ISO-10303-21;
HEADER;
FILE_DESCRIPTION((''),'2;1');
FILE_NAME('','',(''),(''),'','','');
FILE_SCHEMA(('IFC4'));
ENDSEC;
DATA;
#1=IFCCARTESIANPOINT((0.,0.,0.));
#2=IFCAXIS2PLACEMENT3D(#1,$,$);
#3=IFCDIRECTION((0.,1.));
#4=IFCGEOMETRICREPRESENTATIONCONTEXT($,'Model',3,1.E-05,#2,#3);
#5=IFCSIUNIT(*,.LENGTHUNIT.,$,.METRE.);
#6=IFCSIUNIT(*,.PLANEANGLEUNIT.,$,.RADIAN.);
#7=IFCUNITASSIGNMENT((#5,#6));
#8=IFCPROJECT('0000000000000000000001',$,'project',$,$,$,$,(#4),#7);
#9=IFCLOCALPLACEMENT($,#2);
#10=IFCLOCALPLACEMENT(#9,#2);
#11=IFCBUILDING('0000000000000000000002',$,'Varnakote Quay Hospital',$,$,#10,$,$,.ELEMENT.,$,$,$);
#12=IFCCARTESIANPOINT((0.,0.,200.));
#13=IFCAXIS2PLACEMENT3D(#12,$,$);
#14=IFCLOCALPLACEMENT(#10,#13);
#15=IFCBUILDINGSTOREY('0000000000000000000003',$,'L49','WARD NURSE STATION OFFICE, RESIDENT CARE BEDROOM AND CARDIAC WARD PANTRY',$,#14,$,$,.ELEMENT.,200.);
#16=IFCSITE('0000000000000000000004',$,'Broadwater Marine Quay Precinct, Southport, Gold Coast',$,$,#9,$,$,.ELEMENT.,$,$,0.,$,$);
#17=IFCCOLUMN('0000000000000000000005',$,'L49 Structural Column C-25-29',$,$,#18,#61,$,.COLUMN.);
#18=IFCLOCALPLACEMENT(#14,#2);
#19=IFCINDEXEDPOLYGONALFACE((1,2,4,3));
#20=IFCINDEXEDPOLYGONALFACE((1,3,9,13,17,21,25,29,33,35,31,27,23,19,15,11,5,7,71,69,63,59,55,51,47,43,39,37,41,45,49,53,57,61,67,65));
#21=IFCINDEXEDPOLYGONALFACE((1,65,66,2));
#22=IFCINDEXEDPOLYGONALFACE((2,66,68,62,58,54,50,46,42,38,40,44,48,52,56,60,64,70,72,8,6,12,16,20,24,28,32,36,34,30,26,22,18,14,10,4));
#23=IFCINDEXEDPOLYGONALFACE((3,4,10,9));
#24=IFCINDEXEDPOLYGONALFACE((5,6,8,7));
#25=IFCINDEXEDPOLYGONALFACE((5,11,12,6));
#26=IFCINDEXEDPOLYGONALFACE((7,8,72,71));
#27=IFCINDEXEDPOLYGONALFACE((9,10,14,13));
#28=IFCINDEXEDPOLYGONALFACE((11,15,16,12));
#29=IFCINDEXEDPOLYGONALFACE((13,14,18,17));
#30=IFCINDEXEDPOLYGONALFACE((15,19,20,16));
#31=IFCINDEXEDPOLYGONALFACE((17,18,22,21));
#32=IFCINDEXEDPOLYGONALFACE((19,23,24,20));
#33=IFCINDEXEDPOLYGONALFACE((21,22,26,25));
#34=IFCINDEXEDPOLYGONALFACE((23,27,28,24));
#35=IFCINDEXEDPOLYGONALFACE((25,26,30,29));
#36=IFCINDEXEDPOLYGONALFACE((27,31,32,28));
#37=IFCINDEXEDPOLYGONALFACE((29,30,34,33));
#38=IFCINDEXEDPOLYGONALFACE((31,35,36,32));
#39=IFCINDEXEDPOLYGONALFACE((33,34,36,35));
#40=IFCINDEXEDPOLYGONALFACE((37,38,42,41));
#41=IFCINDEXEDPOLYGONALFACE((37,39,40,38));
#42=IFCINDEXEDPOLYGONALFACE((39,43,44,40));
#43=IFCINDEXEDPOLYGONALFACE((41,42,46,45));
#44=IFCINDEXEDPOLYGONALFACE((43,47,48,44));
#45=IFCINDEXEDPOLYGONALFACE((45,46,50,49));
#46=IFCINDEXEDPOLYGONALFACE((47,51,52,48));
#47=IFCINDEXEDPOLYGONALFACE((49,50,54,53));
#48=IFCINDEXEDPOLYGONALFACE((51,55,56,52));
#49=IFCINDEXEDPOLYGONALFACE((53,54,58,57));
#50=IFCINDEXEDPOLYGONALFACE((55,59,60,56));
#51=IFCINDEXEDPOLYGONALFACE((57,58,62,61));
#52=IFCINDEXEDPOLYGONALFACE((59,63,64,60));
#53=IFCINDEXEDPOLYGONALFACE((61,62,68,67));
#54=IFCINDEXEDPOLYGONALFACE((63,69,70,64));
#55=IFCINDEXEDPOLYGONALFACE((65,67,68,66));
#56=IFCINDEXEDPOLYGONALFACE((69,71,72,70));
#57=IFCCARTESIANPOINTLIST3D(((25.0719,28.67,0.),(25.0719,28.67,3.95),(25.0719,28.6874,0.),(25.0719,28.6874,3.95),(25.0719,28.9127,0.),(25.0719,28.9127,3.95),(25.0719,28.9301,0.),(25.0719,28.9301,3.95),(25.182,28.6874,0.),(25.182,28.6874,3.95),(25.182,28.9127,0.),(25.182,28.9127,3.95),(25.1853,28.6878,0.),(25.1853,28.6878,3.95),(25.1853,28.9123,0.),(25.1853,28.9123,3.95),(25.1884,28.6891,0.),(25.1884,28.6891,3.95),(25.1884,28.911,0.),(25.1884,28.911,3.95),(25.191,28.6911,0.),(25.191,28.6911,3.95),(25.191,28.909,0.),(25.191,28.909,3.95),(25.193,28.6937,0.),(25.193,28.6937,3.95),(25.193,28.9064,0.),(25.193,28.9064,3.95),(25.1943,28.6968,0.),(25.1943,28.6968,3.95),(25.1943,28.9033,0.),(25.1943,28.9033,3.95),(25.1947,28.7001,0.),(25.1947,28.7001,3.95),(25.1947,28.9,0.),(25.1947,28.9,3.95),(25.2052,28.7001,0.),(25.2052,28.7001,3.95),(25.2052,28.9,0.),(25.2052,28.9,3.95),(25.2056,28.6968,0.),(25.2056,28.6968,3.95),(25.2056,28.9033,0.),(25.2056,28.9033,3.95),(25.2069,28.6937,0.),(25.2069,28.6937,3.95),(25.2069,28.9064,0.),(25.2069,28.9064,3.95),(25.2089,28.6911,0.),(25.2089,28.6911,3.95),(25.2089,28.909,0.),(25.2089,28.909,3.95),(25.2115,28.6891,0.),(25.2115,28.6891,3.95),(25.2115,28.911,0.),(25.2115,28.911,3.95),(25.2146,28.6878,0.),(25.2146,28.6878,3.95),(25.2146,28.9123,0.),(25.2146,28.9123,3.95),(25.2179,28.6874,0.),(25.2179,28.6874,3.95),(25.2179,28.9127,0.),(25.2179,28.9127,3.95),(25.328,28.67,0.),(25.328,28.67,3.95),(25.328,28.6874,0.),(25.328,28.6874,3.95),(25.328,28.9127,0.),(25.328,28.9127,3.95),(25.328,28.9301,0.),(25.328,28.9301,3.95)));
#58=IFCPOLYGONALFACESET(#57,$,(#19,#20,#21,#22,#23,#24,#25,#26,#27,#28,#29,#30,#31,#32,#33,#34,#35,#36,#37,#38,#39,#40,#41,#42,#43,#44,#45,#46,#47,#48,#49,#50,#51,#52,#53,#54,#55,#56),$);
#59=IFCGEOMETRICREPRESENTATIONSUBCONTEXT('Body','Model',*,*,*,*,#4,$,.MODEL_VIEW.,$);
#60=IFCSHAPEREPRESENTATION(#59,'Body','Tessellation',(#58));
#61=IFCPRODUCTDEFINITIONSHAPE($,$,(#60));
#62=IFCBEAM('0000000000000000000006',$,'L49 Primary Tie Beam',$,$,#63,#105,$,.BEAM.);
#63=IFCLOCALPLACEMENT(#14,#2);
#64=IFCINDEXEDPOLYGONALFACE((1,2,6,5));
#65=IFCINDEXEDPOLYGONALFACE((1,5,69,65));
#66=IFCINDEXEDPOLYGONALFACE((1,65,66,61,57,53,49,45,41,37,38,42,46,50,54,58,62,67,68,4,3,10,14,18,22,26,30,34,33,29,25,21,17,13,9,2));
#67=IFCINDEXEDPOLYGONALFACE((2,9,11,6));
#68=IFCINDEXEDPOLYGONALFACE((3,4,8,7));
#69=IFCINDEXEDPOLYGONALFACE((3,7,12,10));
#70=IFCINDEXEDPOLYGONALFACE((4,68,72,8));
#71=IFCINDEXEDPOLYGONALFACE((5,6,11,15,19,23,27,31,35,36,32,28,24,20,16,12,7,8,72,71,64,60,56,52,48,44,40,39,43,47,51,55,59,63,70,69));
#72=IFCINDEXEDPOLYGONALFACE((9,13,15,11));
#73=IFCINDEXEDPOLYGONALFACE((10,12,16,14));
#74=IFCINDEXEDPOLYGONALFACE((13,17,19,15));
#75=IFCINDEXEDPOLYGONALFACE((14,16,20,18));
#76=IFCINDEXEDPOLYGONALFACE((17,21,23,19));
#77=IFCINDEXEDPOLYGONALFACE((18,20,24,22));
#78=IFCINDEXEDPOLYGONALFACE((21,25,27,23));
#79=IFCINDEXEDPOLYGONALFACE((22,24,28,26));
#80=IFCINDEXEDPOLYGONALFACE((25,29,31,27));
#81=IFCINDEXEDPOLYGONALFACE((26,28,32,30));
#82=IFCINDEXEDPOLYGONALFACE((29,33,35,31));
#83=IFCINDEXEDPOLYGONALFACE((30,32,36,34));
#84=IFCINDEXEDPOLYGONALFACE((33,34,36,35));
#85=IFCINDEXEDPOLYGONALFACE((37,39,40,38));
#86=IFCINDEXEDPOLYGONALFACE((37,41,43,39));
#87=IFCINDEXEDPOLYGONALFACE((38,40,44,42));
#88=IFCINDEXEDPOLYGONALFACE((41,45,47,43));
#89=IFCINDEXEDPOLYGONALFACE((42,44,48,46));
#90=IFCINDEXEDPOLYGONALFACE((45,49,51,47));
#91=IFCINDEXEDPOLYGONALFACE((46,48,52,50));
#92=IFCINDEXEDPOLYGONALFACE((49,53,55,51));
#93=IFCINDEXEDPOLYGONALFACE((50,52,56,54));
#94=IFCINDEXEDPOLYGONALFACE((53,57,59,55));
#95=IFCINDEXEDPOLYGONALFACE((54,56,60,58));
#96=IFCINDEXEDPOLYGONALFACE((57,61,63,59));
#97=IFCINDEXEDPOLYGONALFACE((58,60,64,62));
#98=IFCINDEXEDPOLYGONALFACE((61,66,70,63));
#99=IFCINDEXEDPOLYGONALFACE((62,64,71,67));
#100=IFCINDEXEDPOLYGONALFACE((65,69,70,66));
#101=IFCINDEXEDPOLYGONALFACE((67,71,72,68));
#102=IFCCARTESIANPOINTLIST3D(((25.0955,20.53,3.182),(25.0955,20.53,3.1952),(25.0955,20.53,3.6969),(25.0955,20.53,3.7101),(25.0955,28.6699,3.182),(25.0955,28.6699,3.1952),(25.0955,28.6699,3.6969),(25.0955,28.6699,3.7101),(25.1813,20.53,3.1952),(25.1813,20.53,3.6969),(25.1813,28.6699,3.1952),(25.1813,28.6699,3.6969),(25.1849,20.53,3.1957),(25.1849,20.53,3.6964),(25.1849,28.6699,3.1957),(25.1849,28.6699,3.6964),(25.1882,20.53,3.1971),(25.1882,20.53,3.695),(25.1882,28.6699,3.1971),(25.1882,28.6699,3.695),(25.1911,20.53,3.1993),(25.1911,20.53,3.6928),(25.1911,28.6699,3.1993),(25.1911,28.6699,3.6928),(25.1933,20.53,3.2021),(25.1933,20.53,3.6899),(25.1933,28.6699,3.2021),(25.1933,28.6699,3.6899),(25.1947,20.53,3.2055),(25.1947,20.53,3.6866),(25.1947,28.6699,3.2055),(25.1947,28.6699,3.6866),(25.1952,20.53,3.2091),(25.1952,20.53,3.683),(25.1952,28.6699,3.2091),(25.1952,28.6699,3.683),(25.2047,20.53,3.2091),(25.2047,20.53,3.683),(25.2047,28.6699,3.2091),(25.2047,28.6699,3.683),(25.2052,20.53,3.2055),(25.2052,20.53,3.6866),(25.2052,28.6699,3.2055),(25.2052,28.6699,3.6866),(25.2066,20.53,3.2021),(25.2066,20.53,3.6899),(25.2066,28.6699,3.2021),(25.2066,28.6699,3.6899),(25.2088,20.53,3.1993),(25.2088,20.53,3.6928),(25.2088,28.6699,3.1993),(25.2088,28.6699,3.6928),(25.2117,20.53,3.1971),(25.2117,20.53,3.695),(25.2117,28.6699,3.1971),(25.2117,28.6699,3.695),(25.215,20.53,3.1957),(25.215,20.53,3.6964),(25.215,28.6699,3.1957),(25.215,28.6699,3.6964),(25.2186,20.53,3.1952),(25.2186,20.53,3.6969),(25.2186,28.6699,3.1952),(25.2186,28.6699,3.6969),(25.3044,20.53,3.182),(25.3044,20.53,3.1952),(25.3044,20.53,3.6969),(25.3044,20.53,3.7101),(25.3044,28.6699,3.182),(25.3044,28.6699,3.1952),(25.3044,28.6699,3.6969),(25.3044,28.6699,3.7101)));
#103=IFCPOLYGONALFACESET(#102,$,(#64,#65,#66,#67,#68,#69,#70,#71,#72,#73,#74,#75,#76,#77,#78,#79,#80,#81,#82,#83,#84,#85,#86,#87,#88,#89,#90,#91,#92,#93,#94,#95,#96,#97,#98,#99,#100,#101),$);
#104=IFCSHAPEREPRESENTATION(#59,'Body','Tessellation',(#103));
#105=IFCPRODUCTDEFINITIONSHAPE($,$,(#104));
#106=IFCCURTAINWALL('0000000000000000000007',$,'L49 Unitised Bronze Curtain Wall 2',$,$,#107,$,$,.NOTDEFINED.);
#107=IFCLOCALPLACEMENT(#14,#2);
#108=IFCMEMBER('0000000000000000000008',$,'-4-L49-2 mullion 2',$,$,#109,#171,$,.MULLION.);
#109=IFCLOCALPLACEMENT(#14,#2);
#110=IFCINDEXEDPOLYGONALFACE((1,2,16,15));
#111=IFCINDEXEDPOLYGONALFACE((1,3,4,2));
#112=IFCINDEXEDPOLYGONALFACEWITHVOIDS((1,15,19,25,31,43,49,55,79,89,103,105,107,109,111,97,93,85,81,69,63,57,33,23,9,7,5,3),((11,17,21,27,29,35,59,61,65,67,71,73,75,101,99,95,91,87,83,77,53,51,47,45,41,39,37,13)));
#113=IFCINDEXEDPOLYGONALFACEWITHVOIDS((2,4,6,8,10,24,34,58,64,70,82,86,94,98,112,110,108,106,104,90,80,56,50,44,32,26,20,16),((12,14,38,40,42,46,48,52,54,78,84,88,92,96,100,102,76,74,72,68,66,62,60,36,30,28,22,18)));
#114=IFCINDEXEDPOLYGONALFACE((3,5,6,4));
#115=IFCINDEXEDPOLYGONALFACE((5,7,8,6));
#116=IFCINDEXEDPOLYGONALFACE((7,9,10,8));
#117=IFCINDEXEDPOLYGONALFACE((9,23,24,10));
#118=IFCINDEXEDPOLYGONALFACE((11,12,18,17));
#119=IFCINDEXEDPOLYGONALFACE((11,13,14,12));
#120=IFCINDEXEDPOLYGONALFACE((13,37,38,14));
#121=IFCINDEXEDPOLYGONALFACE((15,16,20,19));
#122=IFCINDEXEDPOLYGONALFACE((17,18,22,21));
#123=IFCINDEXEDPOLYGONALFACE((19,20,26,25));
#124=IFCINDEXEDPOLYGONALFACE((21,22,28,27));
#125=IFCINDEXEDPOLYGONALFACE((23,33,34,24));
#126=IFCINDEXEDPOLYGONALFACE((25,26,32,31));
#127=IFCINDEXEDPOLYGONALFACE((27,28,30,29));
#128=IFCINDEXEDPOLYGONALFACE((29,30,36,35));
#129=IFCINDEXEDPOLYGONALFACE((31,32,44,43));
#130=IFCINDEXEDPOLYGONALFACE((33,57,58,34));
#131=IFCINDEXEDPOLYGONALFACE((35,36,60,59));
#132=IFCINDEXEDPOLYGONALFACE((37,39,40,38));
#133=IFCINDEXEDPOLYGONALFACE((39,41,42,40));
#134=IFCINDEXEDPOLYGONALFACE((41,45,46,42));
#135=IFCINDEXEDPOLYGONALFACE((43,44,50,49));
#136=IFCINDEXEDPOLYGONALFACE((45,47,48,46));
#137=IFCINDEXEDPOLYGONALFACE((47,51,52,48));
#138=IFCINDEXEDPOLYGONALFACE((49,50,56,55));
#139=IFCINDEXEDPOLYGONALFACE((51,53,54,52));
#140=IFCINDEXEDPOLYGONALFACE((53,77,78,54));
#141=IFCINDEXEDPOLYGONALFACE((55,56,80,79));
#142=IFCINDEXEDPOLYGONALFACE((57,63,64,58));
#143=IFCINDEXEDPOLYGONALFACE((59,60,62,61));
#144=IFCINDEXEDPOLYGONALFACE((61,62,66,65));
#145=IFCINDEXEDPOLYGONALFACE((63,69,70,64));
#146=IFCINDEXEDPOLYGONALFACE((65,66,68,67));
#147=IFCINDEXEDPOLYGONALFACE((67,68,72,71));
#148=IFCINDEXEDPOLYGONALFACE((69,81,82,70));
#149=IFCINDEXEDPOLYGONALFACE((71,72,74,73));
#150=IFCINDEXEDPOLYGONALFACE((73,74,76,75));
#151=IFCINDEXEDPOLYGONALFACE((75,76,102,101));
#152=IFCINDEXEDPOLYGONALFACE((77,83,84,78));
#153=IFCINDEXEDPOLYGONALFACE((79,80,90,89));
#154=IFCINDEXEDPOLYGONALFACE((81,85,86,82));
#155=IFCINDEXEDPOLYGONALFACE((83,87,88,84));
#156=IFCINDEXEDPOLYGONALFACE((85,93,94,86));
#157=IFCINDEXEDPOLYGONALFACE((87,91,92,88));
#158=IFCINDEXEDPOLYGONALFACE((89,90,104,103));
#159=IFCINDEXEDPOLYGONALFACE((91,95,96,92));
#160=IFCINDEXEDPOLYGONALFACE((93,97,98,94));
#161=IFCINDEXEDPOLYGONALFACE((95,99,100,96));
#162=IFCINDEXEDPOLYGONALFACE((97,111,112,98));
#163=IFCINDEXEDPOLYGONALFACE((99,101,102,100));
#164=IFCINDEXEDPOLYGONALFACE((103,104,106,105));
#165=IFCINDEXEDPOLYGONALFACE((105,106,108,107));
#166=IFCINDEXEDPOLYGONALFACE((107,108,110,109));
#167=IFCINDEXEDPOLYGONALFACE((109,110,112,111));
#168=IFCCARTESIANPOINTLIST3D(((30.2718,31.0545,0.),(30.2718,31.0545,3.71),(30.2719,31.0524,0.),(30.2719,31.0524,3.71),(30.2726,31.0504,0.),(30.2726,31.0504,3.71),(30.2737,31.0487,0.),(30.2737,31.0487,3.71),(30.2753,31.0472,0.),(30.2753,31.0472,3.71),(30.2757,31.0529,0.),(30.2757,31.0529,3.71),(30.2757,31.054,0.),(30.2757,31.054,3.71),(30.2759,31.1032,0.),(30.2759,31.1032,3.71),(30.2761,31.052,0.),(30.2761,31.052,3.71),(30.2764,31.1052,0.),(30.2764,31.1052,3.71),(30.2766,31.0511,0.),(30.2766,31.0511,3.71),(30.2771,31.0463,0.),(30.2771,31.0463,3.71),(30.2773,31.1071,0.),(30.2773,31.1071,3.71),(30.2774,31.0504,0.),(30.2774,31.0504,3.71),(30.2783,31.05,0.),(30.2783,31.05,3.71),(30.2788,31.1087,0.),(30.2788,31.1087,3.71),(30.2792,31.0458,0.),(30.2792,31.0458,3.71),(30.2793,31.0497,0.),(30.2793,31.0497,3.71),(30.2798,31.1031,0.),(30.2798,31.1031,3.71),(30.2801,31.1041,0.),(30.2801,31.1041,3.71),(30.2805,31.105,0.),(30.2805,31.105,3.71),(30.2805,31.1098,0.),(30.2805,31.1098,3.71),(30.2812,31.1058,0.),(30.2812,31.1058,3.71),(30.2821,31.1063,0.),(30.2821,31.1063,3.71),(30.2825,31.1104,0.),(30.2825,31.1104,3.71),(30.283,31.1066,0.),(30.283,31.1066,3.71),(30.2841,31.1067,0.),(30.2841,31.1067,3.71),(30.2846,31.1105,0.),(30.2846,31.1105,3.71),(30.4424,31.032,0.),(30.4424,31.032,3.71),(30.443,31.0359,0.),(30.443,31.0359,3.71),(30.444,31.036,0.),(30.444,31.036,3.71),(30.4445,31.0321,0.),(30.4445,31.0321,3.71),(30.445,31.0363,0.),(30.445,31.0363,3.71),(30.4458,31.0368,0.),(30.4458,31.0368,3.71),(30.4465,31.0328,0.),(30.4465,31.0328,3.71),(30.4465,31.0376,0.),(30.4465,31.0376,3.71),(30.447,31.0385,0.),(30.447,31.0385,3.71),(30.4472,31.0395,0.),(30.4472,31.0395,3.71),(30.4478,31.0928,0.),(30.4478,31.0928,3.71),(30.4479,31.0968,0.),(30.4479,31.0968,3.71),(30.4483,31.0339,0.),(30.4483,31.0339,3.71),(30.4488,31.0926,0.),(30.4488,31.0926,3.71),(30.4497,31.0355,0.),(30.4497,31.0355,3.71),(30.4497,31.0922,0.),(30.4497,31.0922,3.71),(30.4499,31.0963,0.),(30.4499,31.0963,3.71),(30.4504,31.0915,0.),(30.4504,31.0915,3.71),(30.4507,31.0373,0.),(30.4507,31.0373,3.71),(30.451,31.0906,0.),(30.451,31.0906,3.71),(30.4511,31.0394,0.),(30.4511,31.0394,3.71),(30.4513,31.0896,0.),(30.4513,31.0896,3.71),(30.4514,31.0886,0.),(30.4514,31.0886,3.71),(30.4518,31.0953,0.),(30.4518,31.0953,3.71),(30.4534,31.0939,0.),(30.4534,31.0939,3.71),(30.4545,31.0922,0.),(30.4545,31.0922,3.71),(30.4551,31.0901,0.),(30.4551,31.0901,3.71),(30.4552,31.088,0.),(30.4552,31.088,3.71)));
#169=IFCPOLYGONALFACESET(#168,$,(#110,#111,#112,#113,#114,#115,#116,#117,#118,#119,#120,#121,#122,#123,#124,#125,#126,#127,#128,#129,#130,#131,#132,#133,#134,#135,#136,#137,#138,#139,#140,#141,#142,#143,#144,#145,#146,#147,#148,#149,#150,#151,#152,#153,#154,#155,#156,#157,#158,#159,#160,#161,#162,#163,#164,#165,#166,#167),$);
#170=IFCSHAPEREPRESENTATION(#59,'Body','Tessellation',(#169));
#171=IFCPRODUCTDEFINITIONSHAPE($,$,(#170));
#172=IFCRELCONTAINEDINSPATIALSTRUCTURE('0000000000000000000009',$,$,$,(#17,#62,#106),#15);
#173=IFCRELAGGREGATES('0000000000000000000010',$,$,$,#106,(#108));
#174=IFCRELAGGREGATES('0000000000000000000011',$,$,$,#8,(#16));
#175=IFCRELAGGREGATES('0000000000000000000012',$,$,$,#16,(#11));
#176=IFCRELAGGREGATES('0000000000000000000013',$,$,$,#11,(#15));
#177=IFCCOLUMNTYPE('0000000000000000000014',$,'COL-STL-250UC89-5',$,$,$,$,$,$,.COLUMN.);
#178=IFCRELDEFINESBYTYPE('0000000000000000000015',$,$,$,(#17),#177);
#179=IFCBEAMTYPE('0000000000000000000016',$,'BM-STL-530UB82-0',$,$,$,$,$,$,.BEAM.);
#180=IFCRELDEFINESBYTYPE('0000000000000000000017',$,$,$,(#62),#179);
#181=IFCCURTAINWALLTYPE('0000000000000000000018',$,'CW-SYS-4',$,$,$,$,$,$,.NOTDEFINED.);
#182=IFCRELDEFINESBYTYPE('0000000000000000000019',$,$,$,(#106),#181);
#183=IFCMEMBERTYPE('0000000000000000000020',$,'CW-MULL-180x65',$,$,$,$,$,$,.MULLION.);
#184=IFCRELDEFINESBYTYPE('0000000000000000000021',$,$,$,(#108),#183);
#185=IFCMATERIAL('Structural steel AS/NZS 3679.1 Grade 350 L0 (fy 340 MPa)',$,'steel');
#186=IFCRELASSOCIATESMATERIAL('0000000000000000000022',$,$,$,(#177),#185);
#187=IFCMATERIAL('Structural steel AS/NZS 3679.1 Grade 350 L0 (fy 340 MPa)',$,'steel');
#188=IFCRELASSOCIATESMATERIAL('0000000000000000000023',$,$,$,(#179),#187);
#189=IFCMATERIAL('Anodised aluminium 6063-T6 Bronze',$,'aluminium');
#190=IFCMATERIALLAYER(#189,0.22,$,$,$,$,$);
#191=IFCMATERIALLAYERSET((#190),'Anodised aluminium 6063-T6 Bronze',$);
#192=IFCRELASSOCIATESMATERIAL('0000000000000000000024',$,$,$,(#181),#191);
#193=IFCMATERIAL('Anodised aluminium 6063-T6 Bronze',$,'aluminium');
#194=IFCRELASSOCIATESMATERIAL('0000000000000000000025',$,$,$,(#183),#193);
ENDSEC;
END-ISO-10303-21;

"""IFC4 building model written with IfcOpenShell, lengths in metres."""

from ifc_helpers import new_model, si_unit, direction, frame, origin, origin_2d, place, context, subcontext, project, spatial, hollow_rectangle, i_section, extrude, material, layer, layer_set, material_profile, profile_set, type_object, element, aggregate, save


model = new_model("IFC4")

# Units and contexts
model_context = context("Model", 3, precision=1e-05, world=origin(), true_north=direction((0.0, 1.0)))
body_context = subcontext(model_context, "Body", "Model", "MODEL_VIEW")
ifc_project = project(units=[si_unit("LENGTHUNIT", "METRE"), si_unit("PLANEANGLEUNIT", "RADIAN")], contexts=[model_context])

# Site, building, storey
site_placement = place(None, origin())
site = spatial("IfcSite", under=ifc_project, at=site_placement, Name="Broadwater Marine Quay Precinct, Southport, Gold Coast", CompositionType="ELEMENT", RefElevation=0.0)
building_placement = place(site_placement, origin())
building = spatial("IfcBuilding", under=site, at=building_placement, Name="Varnakote Quay Hospital", CompositionType="ELEMENT")
storey_placement = place(building_placement, frame((0.0, 0.0, 200.0)))
storey = spatial("IfcBuildingStorey", under=building, at=storey_placement, Name="L49", Description="WARD NURSE STATION OFFICE, RESIDENT CARE BEDROOM AND CARDIAC WARD PANTRY", CompositionType="ELEMENT", Elevation=200.0)

# Column
ifc_material_1 = material(Name="Structural steel AS/NZS 3679.1 Grade 350 L0 (fy 340 MPa)", Category="steel")
ifc_material_profile_1 = material_profile(ifc_material_1, i_section(OverallWidth=0.2561, OverallDepth=0.26, WebThickness=0.0105, FlangeThickness=0.0173, FilletRadius=0.0127, at=origin_2d()), Name="250UC89.5")
ifc_profile_set_1 = profile_set([ifc_material_profile_1], Name="Structural steel AS/NZS 3679.1 Grade 350 L0 (fy 340 MPa)")
column_type = type_object("IfcColumnType", Name="COL-STL-250UC89-5", PredefinedType="COLUMN", material=ifc_profile_set_1)
column_placement = place(storey_placement, frame((25.2, 28.8, 0.0), z_axis=(0.0, 0.0, 1.0), x_axis=(1.0, 0.0, 0.0)))
element("IfcColumn", 1, at=column_placement, inside=storey, type_object=column_type, Name="L49 Structural Column C-25-29", PredefinedType="COLUMN", context=body_context, shape_type="SweptSolid", body=[
    extrude(i_section(OverallWidth=0.2561, OverallDepth=0.26, WebThickness=0.0105, FlangeThickness=0.0173, FilletRadius=0.0127, at=origin_2d()), origin(), (0.0, 0.0, 1.0), 3.95),
])

# Beam
ifc_material_2 = material(Name="Structural steel AS/NZS 3679.1 Grade 350 L0 (fy 340 MPa)", Category="steel")
ifc_material_profile_2 = material_profile(ifc_material_2, i_section(OverallWidth=0.209, OverallDepth=0.5281, WebThickness=0.0095, FlangeThickness=0.0132, FilletRadius=0.0139, at=origin_2d()), Name="530UB82.0")
ifc_profile_set_2 = profile_set([ifc_material_profile_2], Name="Structural steel AS/NZS 3679.1 Grade 350 L0 (fy 340 MPa)")
beam_type_1 = type_object("IfcBeamType", Name="BM-STL-530UB82-0", PredefinedType="BEAM", material=ifc_profile_set_2)
beam_1_placement = place(storey_placement, frame((25.2, 20.53, 3.446), z_axis=(0.0, 1.0, 0.0), x_axis=(-1.0, 0.0, 0.0)))
element("IfcBeam", 2, at=beam_1_placement, inside=storey, type_object=beam_type_1, Name="L49 Primary Tie Beam", PredefinedType="BEAM", context=body_context, shape_type="SweptSolid", body=[
    extrude(i_section(OverallWidth=0.209, OverallDepth=0.5281, WebThickness=0.0095, FlangeThickness=0.0132, FilletRadius=0.0139, at=origin_2d()), origin(), (0.0, 0.0, 1.0), 8.1399),
])

# Curtain wall, member
ifc_material_3 = material(Name="Anodised aluminium 6063-T6 Bronze", Category="aluminium")
ifc_layer_1 = layer(ifc_material_3, 0.22)
ifc_layer_set_1 = layer_set([ifc_layer_1], Name="Anodised aluminium 6063-T6 Bronze")
curtain_wall_type = type_object("IfcCurtainWallType", Name="CW-SYS-4", PredefinedType="NOTDEFINED", material=ifc_layer_set_1)
curtain_wall_placement = place(storey_placement, origin())
curtain_wall = element("IfcCurtainWall", 3, at=curtain_wall_placement, inside=storey, type_object=curtain_wall_type, Name="L49 Unitised Bronze Curtain Wall 2", PredefinedType="NOTDEFINED")
ifc_material_4 = material(Name="Anodised aluminium 6063-T6 Bronze", Category="aluminium")
ifc_material_profile_3 = material_profile(ifc_material_4, hollow_rectangle(XDim=0.0649, YDim=0.1799, WallThickness=0.0039, InnerFilletRadius=0.0039, OuterFilletRadius=0.0081, at=origin_2d()), Name="CW-MULL-180x65")
ifc_profile_set_3 = profile_set([ifc_material_profile_3], Name="Anodised aluminium 6063-T6 Bronze")
member_type_1 = type_object("IfcMemberType", Name="CW-MULL-180x65", PredefinedType="MULLION", material=ifc_profile_set_3)
member_1_placement = place(storey_placement, frame((30.3635, 31.0713, 0.0), z_axis=(0.0, 0.0, 1.0), x_axis=(-0.084136, -0.996454, 0.0)))
member_1 = element("IfcMember", 4, at=member_1_placement, type_object=member_type_1, Name="-4-L49-2 mullion 2", PredefinedType="MULLION", context=body_context, shape_type="SweptSolid", body=[
    extrude(hollow_rectangle(XDim=0.0649, YDim=0.1799, WallThickness=0.0039, InnerFilletRadius=0.0039, OuterFilletRadius=0.0081, at=origin_2d()), origin(), (0.0, 0.0, 1.0), 3.71),
])

aggregate(curtain_wall, [member_1])

save(model, "model.ifc")
